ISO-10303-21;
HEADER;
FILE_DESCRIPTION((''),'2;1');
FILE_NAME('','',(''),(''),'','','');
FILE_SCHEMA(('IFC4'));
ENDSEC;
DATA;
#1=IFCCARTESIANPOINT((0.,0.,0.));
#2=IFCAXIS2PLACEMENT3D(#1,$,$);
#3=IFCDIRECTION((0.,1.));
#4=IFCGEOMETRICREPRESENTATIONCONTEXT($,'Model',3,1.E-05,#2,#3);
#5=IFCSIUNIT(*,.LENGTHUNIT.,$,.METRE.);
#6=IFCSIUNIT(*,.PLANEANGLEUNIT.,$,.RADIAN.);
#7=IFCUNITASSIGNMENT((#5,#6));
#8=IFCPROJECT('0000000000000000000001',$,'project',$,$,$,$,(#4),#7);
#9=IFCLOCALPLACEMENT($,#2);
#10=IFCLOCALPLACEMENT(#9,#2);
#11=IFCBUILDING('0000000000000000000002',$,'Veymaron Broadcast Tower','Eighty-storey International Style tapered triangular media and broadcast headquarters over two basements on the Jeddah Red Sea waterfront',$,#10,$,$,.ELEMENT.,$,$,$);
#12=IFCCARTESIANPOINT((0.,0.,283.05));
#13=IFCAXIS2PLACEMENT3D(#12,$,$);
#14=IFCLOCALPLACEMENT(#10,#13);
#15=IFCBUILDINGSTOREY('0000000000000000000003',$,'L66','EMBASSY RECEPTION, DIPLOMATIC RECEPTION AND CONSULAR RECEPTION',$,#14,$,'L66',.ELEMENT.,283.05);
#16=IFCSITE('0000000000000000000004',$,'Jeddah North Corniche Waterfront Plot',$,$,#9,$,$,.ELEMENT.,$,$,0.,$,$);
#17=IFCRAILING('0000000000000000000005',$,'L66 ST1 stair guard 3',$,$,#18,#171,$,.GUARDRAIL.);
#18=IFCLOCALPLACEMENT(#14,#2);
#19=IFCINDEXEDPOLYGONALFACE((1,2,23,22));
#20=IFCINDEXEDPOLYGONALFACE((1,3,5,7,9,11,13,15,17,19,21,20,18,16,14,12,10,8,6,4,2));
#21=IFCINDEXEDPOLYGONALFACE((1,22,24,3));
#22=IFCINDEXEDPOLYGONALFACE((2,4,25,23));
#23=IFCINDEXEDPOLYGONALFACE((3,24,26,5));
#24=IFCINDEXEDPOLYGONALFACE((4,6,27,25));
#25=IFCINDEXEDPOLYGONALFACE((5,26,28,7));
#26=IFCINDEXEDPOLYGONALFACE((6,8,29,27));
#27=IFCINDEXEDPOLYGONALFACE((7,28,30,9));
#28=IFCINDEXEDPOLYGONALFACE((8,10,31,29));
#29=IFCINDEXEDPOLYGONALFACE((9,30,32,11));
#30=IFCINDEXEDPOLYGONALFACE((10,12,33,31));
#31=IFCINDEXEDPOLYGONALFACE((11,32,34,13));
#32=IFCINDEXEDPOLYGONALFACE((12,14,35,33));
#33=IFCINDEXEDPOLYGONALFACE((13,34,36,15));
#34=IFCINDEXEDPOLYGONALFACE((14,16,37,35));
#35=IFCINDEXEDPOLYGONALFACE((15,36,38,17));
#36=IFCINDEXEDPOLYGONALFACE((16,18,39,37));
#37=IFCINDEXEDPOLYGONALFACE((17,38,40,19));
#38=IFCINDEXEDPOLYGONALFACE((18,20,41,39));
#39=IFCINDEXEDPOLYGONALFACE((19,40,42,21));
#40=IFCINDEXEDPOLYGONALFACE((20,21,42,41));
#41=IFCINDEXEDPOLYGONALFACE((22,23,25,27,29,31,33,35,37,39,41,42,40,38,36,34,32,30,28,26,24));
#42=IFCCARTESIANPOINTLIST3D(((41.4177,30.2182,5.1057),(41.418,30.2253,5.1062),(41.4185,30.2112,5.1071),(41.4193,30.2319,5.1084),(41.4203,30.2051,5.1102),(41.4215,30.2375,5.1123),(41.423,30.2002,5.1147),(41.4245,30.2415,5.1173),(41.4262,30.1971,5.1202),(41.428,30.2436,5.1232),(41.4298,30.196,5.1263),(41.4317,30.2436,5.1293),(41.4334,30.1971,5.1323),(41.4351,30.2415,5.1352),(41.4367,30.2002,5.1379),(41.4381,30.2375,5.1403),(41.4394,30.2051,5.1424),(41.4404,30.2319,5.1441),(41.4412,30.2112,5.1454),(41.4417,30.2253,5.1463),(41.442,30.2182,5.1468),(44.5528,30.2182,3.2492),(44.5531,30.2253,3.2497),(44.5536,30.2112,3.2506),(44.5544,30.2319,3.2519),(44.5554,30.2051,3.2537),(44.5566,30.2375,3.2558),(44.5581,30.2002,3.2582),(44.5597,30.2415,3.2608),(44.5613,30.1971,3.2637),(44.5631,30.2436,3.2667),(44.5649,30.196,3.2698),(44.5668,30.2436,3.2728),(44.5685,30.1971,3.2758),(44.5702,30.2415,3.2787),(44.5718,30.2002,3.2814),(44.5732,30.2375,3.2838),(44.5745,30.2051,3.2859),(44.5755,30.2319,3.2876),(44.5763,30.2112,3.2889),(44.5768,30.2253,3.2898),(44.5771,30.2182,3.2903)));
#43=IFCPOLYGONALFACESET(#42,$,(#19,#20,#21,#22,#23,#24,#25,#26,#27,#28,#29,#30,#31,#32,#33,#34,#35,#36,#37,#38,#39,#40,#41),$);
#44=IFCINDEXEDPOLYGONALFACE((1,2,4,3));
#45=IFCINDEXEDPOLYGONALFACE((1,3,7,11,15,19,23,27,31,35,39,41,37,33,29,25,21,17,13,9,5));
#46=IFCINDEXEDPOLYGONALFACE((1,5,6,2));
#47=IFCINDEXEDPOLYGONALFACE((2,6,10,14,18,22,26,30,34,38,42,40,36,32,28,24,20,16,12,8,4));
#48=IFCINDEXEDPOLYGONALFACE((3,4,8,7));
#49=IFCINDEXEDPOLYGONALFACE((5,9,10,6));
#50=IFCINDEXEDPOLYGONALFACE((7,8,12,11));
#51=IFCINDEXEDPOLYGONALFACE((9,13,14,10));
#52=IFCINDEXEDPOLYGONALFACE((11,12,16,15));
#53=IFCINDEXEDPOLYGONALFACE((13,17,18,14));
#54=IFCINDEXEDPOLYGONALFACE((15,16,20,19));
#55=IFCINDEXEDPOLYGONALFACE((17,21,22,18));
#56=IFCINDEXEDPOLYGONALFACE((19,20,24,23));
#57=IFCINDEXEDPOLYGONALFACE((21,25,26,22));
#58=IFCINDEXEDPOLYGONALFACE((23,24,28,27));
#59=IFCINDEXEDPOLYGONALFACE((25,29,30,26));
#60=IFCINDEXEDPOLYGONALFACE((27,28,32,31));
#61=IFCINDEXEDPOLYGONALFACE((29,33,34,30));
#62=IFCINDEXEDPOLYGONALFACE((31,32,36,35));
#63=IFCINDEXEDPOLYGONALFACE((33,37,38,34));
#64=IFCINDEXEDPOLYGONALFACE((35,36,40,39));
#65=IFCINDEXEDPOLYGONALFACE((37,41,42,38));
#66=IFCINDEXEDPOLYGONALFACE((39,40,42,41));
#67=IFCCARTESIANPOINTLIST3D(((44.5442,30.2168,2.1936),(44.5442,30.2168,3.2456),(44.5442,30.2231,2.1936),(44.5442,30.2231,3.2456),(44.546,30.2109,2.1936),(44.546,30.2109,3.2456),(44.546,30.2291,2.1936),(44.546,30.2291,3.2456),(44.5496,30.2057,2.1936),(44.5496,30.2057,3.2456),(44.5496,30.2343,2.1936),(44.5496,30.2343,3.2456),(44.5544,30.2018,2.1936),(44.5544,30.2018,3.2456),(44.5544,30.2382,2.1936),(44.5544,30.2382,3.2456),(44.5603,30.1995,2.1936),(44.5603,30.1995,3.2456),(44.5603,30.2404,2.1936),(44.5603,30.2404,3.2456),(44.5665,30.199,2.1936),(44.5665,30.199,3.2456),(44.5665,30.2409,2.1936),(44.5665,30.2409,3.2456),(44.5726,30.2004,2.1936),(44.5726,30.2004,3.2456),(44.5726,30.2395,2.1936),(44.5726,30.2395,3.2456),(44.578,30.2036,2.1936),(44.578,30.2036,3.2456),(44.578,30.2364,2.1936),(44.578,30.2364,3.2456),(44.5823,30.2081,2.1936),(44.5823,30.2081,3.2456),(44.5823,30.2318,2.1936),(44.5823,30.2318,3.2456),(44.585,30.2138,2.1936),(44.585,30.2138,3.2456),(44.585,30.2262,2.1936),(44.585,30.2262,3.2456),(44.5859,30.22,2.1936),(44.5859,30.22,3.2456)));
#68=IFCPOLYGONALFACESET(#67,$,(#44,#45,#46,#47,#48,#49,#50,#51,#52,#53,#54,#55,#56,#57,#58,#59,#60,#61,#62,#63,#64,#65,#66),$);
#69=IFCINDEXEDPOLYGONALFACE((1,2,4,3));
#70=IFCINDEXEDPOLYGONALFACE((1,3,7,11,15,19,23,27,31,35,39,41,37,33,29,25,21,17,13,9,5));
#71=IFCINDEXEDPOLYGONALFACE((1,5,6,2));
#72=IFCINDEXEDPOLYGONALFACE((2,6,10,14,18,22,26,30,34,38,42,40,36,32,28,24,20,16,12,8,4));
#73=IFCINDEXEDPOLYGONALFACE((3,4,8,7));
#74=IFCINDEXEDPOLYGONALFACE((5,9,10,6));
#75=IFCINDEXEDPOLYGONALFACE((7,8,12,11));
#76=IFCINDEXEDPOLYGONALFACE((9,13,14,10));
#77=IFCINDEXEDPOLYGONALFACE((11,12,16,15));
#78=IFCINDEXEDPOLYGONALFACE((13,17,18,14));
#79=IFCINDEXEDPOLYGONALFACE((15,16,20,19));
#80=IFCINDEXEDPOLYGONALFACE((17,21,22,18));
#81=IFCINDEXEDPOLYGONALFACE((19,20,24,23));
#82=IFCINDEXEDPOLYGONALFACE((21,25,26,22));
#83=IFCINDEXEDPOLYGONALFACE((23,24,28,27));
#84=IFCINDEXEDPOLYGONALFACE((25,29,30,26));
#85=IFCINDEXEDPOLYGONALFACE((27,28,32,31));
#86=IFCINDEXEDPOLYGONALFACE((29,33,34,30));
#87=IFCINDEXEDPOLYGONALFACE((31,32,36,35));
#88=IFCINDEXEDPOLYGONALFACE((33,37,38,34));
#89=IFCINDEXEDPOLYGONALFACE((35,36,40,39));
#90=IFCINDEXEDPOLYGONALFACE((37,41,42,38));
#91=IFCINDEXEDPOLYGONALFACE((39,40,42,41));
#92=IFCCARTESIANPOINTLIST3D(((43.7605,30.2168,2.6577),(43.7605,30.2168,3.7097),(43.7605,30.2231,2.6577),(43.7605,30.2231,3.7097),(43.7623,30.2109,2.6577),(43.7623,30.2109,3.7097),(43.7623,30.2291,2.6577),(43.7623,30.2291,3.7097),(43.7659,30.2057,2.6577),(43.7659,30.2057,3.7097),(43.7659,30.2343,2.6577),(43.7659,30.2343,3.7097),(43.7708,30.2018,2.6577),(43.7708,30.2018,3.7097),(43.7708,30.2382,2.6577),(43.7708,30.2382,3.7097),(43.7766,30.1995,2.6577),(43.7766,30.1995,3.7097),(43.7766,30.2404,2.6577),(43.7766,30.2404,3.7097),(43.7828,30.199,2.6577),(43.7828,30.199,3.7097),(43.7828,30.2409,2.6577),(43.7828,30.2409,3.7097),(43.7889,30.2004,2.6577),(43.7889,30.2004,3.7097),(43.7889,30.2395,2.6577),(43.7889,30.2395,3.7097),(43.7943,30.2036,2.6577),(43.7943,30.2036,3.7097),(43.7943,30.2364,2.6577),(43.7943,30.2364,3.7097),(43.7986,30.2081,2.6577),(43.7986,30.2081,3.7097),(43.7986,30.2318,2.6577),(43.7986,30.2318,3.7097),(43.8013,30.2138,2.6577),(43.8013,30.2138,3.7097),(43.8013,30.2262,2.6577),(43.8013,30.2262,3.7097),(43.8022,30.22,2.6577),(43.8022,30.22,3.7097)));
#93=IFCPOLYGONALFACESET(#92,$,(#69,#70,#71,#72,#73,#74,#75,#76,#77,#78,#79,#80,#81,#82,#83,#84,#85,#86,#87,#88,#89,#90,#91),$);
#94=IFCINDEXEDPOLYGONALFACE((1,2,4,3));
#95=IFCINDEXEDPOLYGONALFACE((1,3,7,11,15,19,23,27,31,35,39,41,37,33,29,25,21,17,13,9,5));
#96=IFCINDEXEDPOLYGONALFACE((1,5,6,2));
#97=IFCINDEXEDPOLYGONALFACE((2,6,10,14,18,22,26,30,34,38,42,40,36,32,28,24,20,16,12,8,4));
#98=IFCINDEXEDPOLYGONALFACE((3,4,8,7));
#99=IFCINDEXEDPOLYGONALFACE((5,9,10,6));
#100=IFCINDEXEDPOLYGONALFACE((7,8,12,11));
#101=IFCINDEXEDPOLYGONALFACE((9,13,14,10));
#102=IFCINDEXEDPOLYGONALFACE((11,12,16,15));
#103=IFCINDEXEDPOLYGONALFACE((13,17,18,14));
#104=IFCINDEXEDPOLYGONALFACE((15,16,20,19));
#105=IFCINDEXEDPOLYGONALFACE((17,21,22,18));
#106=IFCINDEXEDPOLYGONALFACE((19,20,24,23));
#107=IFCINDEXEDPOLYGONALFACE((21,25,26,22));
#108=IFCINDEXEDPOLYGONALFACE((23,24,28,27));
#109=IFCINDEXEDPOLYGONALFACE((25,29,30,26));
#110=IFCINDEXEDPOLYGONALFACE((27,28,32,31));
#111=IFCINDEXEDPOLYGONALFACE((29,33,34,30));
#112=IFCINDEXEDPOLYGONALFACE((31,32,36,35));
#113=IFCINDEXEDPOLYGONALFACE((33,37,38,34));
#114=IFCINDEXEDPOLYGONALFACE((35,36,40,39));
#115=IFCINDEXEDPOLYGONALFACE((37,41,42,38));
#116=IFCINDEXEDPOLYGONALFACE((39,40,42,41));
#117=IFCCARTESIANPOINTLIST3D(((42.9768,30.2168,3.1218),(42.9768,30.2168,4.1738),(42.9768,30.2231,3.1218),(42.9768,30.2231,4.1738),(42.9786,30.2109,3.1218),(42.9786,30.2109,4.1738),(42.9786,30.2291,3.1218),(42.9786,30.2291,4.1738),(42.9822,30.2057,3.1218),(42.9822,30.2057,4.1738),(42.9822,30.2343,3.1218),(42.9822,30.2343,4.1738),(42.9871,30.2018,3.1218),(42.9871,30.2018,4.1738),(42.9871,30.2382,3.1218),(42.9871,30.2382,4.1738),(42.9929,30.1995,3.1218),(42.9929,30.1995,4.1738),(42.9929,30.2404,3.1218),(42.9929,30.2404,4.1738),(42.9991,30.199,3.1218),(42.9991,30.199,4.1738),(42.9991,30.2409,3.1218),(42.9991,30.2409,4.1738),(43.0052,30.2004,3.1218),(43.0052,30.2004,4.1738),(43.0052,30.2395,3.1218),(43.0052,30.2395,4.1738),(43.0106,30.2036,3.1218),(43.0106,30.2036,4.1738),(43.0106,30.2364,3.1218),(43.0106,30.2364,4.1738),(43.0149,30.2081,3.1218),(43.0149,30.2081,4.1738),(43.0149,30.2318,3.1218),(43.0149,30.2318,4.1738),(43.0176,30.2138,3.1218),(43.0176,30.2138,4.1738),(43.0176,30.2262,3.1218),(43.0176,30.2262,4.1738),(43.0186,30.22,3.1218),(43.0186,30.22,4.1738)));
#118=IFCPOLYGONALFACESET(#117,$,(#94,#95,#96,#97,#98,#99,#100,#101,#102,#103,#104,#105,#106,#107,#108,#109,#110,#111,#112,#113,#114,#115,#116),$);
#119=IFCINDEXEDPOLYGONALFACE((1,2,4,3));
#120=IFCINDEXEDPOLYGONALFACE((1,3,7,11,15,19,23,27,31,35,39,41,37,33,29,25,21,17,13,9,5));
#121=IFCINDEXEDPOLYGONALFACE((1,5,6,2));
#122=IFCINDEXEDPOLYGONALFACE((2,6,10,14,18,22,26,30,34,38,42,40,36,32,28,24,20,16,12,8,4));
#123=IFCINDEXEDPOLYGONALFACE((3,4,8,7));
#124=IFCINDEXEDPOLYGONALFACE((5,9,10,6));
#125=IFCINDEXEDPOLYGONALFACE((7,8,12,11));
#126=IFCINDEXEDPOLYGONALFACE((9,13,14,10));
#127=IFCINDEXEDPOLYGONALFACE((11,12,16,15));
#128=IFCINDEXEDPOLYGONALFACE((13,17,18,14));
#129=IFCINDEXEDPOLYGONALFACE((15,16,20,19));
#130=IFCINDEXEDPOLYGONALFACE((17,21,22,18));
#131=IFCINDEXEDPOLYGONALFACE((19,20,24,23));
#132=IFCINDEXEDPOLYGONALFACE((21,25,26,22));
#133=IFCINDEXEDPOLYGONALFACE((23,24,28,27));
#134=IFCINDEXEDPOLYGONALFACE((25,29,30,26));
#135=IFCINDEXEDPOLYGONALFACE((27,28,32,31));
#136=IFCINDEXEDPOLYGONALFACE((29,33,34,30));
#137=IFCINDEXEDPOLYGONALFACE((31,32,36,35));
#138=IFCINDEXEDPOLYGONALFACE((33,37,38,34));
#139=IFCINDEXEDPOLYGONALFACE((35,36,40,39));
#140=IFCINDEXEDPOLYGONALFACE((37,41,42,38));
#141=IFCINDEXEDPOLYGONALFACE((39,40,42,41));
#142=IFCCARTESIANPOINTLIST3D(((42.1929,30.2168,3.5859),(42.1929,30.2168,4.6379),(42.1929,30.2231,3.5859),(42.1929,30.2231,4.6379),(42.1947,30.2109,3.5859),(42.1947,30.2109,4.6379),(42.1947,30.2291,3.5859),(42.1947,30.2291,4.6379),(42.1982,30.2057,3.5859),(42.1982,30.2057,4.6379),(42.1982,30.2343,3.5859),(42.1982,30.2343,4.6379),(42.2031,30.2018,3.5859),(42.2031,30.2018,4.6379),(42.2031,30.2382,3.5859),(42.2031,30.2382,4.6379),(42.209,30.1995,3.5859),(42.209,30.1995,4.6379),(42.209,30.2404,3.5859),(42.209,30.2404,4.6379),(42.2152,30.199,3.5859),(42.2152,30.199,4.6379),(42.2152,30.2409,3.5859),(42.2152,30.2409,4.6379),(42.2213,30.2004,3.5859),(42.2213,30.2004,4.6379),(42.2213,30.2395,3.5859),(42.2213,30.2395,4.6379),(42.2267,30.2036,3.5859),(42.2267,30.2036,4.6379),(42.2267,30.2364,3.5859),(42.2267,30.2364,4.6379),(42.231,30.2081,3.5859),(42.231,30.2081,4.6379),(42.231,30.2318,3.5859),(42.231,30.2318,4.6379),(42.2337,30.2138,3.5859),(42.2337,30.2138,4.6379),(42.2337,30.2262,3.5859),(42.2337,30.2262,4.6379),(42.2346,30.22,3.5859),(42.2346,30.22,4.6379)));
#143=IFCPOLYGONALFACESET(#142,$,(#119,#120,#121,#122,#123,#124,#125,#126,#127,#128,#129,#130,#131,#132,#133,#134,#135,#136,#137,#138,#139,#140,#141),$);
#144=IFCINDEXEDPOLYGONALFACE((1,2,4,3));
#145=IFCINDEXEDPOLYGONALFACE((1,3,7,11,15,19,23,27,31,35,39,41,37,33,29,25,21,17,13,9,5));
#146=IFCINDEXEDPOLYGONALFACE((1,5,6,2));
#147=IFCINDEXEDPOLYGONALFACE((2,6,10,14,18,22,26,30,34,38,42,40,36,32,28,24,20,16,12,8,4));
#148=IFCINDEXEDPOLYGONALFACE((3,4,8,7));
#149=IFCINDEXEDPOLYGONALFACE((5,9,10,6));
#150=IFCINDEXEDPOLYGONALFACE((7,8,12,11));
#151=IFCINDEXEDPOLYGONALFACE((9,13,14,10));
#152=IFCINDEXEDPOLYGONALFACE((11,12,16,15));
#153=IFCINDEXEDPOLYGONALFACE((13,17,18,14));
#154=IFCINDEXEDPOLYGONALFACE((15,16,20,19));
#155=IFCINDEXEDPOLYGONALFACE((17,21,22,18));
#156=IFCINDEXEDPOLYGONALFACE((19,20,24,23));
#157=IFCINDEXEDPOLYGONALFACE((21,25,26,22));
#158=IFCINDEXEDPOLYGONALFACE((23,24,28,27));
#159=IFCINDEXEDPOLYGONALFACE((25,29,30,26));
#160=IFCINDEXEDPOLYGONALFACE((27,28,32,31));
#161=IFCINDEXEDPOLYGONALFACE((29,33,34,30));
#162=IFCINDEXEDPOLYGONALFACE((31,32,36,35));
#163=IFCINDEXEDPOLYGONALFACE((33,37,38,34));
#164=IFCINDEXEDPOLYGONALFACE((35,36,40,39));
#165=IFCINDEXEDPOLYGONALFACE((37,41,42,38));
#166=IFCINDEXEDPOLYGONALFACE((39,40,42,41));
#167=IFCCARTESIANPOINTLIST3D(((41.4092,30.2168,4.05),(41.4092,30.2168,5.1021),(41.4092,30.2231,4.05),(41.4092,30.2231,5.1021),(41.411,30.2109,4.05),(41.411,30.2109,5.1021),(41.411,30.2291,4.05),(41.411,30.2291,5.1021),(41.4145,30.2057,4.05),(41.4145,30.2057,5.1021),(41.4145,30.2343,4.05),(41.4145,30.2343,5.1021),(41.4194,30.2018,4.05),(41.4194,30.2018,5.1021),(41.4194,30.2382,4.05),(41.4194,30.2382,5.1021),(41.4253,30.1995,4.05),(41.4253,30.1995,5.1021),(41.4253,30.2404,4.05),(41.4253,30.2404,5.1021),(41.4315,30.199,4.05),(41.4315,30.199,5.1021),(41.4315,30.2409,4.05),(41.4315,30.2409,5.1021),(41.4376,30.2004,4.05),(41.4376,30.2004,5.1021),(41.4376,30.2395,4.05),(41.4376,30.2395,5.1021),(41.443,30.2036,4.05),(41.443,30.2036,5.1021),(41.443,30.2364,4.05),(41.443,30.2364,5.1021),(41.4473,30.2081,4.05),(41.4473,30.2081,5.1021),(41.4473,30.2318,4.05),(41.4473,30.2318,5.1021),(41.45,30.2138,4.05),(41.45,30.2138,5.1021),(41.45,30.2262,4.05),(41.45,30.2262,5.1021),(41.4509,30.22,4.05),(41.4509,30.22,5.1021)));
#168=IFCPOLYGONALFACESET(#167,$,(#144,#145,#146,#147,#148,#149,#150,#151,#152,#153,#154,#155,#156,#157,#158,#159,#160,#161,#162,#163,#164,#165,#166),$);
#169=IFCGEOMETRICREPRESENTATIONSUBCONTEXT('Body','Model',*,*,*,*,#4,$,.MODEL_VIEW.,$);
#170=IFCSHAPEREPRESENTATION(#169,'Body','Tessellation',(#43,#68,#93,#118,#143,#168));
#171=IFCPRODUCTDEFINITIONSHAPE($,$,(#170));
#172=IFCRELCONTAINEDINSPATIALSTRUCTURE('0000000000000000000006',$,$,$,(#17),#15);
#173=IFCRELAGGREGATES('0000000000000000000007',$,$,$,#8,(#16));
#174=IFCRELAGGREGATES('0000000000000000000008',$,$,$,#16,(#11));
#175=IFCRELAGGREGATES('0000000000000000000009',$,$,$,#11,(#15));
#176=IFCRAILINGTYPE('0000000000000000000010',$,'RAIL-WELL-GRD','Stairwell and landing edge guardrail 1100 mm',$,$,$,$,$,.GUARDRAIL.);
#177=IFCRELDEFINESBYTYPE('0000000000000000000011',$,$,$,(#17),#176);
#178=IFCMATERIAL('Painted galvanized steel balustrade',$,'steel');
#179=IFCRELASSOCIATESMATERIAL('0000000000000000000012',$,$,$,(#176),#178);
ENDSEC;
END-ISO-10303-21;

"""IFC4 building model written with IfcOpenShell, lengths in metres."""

from ifc_helpers import new_model, si_unit, direction, frame, origin, origin_2d, place, context, subcontext, project, spatial, circle, extrude, material, type_object, element, save


model = new_model("IFC4")

# Units and contexts
model_context = context("Model", 3, precision=1e-05, world=origin(), true_north=direction((0.0, 1.0)))
body_context = subcontext(model_context, "Body", "Model", "MODEL_VIEW")
ifc_project = project(units=[si_unit("LENGTHUNIT", "METRE"), si_unit("PLANEANGLEUNIT", "RADIAN")], contexts=[model_context])

# Site, building, storey
site_placement = place(None, origin())
site = spatial("IfcSite", under=ifc_project, at=site_placement, Name="Jeddah North Corniche Waterfront Plot", CompositionType="ELEMENT", RefElevation=0.0)
building_placement = place(site_placement, origin())
building = spatial("IfcBuilding", under=site, at=building_placement, Name="Veymaron Broadcast Tower", Description="Eighty-storey International Style tapered triangular media and broadcast headquarters over two basements on the Jeddah Red Sea waterfront", CompositionType="ELEMENT")
storey_placement = place(building_placement, frame((0.0, 0.0, 283.05)))
storey = spatial("IfcBuildingStorey", under=building, at=storey_placement, Name="L66", Description="EMBASSY RECEPTION, DIPLOMATIC RECEPTION AND CONSULAR RECEPTION", LongName="L66", CompositionType="ELEMENT", Elevation=283.05)

# Railing
ifc_material_1 = material(Name="Painted galvanized steel balustrade", Category="steel")
railing_type_1 = type_object("IfcRailingType", Name="RAIL-WELL-GRD", Description="Stairwell and landing edge guardrail 1100 mm", PredefinedType="GUARDRAIL", material=ifc_material_1)
railing_1_placement = place(storey_placement, frame((44.5649, 30.22, 2.1936)))
element("IfcRailing", 1, at=railing_1_placement, inside=storey, type_object=railing_type_1, Name="L66 ST1 stair guard 3", PredefinedType="GUARDRAIL", context=body_context, shape_type="SweptSolid", body=[
    extrude(circle(Radius=0.0239, at=origin_2d()), frame((0.0, 0.0, 1.0762), z_axis=(-0.860453, 0.0, 0.509531), x_axis=(0.0, -1.0, 0.0)), (0.0, 0.0, 1.0), 3.6436),
    extrude(circle(Radius=0.021, at=origin_2d()), origin(), (0.0, 0.0, 1.0), 1.052),
    extrude(circle(Radius=0.021, at=origin_2d()), frame((-0.7837, 0.0, 0.4641)), (0.0, 0.0, 1.0), 1.052),
    extrude(circle(Radius=0.021, at=origin_2d()), frame((-1.5674, 0.0, 0.9282)), (0.0, 0.0, 1.0), 1.052),
    extrude(circle(Radius=0.021, at=origin_2d()), frame((-2.3513, 0.0, 1.3923)), (0.0, 0.0, 1.0), 1.052),
    extrude(circle(Radius=0.021, at=origin_2d()), frame((-3.135, 0.0, 1.8564)), (0.0, 0.0, 1.0), 1.052),
])

save(model, "model.ifc")
